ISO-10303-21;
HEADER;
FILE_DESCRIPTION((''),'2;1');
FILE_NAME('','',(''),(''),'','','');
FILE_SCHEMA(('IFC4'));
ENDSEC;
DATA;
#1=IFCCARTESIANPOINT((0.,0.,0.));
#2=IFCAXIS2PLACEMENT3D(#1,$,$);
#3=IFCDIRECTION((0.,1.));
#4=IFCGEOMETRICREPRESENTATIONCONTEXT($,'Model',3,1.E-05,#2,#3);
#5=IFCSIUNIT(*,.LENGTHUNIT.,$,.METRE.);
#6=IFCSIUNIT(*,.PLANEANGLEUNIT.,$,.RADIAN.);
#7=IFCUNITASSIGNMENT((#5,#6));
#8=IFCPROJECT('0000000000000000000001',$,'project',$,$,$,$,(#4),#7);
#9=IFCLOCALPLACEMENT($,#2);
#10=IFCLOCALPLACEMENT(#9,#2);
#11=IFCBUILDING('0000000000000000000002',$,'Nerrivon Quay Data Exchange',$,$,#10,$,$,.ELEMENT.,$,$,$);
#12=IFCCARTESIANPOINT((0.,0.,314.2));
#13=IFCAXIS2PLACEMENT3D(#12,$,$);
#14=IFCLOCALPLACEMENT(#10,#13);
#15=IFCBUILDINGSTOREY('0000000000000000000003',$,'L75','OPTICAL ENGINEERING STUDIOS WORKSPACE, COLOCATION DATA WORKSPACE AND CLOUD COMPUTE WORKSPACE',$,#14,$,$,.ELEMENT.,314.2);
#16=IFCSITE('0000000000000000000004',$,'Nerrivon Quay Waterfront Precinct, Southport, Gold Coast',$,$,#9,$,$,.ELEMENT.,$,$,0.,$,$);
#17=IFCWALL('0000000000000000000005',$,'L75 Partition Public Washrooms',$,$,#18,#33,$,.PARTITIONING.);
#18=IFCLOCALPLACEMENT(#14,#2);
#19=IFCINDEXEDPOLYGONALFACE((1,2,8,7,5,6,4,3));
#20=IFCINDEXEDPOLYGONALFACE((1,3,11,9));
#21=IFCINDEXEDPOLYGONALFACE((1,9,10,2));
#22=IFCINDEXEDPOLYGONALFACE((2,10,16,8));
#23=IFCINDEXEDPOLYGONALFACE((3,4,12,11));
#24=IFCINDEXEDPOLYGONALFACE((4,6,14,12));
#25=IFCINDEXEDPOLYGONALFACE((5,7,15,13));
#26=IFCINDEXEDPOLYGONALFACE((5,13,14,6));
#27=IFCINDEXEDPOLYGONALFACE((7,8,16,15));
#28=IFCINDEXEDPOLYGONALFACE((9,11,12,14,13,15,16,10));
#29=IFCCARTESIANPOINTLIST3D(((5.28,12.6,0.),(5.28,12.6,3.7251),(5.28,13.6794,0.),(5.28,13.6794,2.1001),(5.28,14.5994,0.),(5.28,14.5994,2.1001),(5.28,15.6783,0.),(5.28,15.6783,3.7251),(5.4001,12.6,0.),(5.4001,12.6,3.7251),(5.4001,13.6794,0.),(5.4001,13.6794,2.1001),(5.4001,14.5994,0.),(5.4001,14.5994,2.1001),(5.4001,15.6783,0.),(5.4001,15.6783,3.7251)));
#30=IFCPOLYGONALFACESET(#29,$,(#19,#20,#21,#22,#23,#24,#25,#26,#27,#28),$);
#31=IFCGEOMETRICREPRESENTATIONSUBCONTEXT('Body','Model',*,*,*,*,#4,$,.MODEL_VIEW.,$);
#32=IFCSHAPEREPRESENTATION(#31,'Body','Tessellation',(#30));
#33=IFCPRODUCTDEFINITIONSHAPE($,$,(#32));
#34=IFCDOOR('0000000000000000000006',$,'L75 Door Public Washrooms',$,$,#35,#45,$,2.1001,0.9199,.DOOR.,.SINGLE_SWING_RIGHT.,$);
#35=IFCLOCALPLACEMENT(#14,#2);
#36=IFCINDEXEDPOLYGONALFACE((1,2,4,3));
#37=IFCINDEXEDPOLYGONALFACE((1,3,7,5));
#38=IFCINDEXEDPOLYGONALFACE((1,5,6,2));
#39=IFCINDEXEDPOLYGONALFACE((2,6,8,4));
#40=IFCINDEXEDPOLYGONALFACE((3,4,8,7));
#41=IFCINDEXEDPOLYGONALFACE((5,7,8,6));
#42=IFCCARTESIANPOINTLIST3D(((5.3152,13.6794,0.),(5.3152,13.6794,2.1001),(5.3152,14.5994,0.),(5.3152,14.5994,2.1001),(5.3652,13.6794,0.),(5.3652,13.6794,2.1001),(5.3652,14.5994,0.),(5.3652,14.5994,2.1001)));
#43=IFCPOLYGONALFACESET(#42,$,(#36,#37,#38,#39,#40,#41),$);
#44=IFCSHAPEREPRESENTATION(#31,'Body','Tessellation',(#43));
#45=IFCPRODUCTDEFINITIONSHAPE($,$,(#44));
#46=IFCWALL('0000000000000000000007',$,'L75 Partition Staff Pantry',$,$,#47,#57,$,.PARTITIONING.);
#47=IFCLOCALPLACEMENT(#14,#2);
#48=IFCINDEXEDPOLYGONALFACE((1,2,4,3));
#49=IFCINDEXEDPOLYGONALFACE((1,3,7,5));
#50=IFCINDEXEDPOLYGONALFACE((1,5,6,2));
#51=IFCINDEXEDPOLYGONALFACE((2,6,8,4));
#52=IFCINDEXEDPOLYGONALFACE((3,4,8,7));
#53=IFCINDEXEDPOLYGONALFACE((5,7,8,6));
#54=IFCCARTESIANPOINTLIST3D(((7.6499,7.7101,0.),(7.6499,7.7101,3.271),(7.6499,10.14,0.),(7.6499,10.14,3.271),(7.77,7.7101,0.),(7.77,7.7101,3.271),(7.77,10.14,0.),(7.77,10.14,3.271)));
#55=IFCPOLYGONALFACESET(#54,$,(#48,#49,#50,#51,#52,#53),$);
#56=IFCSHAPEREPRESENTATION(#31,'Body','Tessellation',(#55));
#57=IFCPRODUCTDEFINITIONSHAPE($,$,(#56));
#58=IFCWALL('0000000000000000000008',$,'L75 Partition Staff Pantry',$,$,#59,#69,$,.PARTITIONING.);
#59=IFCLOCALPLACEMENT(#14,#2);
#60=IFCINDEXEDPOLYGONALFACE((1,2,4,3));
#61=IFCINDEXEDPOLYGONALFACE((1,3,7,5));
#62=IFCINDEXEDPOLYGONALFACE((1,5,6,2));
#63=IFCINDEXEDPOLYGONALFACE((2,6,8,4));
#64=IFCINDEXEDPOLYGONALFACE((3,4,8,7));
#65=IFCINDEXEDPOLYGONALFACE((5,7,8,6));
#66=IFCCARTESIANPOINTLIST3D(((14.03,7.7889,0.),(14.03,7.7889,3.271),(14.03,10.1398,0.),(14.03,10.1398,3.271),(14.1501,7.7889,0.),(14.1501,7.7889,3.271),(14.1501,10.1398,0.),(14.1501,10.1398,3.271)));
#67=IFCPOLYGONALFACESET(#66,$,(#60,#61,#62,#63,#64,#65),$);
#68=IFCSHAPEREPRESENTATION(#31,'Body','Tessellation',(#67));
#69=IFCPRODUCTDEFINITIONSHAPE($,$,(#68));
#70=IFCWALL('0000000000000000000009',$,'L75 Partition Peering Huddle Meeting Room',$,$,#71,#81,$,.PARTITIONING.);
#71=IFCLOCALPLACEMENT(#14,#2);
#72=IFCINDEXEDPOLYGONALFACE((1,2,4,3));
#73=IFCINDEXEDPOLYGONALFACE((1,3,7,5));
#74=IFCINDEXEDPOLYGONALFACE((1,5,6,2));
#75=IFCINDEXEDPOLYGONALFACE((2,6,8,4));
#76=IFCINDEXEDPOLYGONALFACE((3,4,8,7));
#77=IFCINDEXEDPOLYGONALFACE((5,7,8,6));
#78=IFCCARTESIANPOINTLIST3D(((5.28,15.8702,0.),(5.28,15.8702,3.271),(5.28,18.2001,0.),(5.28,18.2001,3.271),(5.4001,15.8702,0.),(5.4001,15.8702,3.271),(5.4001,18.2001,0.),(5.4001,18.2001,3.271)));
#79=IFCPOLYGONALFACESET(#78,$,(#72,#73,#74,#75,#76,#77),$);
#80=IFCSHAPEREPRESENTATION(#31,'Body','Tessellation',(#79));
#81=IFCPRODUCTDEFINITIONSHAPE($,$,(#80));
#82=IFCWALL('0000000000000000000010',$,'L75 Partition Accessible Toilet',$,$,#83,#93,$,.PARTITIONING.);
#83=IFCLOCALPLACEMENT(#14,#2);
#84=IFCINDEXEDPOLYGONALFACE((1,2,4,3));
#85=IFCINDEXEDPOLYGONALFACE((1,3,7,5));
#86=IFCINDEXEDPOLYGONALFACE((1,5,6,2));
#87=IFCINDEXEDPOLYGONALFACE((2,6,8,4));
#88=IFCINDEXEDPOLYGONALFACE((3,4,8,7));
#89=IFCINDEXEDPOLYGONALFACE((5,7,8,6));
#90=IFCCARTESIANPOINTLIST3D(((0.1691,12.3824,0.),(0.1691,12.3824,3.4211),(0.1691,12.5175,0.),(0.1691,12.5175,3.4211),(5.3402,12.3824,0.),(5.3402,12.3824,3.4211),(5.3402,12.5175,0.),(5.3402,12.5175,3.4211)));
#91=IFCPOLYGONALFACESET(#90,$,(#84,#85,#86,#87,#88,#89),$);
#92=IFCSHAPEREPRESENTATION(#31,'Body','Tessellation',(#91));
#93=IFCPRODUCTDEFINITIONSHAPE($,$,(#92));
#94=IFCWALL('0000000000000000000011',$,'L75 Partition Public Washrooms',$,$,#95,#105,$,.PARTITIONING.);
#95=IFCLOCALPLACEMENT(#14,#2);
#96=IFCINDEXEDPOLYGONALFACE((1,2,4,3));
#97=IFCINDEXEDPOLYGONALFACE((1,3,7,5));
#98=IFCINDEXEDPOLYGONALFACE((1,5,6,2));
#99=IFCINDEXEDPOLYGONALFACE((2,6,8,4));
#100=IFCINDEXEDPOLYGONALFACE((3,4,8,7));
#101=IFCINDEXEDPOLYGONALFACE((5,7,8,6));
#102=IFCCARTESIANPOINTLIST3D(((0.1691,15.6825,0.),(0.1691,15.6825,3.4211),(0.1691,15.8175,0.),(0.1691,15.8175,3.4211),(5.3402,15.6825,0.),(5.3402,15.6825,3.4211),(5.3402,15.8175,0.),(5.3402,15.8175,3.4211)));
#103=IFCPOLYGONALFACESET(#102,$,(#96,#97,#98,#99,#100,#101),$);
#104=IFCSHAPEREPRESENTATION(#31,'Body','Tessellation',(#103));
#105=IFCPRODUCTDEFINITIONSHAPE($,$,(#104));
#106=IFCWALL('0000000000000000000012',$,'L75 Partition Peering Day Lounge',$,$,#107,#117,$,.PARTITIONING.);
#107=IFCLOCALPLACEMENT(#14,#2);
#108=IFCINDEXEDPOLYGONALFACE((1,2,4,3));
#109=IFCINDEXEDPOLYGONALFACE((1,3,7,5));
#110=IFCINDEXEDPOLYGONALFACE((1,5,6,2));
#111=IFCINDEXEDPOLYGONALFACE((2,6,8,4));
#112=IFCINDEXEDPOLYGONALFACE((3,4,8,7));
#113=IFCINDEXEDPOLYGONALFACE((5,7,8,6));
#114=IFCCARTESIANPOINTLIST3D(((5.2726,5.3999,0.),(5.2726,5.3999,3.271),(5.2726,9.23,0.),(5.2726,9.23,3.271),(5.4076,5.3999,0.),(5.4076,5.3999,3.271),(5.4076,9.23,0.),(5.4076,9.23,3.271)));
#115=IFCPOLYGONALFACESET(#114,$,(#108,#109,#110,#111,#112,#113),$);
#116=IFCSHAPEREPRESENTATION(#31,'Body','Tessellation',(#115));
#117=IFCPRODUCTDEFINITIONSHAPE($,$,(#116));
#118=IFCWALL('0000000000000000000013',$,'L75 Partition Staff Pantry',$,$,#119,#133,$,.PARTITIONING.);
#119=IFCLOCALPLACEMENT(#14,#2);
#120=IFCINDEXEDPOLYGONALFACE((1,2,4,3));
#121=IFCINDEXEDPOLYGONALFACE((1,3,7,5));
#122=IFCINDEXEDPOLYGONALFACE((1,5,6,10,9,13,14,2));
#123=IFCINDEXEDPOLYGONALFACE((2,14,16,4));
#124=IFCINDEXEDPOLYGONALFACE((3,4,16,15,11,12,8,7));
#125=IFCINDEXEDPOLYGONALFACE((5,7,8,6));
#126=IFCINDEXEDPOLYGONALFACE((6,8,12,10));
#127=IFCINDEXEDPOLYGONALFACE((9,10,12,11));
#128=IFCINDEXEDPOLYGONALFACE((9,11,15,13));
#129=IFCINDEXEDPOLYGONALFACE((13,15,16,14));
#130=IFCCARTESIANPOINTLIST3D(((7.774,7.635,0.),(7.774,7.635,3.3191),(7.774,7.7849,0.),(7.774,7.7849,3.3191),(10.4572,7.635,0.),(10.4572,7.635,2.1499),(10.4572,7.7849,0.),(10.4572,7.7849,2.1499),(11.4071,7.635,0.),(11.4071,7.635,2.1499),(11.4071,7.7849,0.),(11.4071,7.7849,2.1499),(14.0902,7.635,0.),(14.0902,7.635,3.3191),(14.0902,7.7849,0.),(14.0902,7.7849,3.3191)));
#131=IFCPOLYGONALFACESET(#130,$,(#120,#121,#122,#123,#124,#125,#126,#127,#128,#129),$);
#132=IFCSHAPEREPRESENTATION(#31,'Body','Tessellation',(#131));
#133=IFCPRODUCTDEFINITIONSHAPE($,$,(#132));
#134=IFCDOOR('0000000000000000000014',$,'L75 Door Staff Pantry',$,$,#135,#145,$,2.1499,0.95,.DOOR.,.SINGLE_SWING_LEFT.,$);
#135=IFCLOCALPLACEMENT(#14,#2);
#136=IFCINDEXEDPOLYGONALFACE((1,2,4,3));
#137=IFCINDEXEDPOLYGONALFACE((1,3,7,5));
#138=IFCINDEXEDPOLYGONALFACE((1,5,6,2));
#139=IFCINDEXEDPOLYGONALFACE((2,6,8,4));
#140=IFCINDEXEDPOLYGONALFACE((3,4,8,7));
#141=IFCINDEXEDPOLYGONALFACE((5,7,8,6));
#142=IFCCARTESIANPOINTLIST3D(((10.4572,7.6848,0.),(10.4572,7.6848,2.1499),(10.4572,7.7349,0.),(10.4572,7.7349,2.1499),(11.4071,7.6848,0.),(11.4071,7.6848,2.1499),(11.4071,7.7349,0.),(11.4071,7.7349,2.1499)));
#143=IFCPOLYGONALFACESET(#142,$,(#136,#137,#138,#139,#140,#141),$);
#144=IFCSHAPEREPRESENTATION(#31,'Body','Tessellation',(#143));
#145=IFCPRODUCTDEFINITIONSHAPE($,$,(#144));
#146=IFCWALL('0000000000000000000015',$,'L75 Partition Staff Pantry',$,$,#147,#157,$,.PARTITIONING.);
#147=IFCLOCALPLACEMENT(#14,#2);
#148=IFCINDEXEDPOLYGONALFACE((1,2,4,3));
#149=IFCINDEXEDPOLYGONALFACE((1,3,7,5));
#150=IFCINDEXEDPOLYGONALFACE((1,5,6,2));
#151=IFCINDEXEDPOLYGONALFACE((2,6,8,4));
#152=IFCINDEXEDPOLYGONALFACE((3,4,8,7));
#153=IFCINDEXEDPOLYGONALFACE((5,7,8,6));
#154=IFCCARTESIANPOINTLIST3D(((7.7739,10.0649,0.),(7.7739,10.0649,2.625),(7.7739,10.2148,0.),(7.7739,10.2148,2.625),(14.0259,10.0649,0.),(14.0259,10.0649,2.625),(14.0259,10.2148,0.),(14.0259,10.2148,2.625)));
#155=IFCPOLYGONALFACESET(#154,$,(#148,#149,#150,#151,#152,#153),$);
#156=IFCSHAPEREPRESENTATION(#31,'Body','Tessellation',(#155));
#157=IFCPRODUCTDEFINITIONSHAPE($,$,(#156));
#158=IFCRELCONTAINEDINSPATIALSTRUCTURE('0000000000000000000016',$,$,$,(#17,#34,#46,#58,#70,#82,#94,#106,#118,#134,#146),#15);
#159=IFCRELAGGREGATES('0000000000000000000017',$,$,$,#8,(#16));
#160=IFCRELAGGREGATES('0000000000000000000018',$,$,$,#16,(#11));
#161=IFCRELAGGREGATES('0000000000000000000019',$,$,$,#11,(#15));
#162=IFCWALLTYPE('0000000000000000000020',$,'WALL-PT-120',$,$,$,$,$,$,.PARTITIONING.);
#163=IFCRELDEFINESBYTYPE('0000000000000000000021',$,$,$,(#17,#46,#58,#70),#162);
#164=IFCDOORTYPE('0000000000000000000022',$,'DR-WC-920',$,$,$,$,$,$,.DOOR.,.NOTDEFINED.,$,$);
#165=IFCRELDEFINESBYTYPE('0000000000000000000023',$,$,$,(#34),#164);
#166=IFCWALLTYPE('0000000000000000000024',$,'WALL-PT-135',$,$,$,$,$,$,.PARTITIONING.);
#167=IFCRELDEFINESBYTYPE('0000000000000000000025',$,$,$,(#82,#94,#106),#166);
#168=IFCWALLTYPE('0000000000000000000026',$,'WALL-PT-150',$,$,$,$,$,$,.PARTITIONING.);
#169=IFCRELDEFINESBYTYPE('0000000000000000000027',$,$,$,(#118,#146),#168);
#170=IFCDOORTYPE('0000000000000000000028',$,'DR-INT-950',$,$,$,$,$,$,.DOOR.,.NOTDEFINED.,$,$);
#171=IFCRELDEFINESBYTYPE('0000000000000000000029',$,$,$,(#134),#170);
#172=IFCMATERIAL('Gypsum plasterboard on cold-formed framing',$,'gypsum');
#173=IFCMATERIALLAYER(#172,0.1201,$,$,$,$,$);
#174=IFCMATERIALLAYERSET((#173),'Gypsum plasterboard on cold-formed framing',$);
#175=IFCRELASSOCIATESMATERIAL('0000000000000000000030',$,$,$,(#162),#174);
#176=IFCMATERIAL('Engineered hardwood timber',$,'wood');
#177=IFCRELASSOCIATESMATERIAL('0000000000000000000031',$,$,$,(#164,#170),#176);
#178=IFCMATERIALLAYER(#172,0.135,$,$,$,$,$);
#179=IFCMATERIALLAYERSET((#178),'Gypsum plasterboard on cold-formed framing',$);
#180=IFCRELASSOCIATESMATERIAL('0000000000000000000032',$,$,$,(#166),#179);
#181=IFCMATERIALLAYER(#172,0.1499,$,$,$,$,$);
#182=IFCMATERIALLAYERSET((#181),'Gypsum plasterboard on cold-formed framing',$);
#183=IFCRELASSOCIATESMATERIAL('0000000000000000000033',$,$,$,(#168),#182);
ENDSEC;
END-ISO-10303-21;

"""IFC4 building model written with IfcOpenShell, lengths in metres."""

from ifc_helpers import new_model, si_unit, direction, frame, frame_2d, origin, place, context, subcontext, project, spatial, rectangle, extrude, material, layer, layer_set, type_object, element, fill, save


model = new_model("IFC4")

# Units and contexts
model_context = context("Model", 3, precision=1e-05, world=origin(), true_north=direction((0.0, 1.0)))
body_context = subcontext(model_context, "Body", "Model", "MODEL_VIEW")
ifc_project = project(units=[si_unit("LENGTHUNIT", "METRE"), si_unit("PLANEANGLEUNIT", "RADIAN")], contexts=[model_context])

# Site, building, storey
site_placement = place(None, origin())
site = spatial("IfcSite", under=ifc_project, at=site_placement, Name="Nerrivon Quay Waterfront Precinct, Southport, Gold Coast", CompositionType="ELEMENT", RefElevation=0.0)
building_placement = place(site_placement, origin())
building = spatial("IfcBuilding", under=site, at=building_placement, Name="Nerrivon Quay Data Exchange", CompositionType="ELEMENT")
storey_placement = place(building_placement, frame((0.0, 0.0, 314.2)))
storey = spatial("IfcBuildingStorey", under=building, at=storey_placement, Name="L75", Description="OPTICAL ENGINEERING STUDIOS WORKSPACE, COLOCATION DATA WORKSPACE AND CLOUD COMPUTE WORKSPACE", CompositionType="ELEMENT", Elevation=314.2)

# Wall, opening, door
ifc_material_1 = material(Name="Gypsum plasterboard on cold-formed framing", Category="gypsum")
ifc_layer_1 = layer(ifc_material_1, 0.1201)
ifc_layer_set_1 = layer_set([ifc_layer_1], Name="Gypsum plasterboard on cold-formed framing")
wall_type_1 = type_object("IfcWallType", Name="WALL-PT-120", PredefinedType="PARTITIONING", material=ifc_layer_set_1)
ifc_material_2 = material(Name="Engineered hardwood timber", Category="wood")
door_type_1 = type_object("IfcDoorType", Name="DR-WC-920", OperationType="NOTDEFINED", PredefinedType="DOOR", material=ifc_material_2)
wall_1_placement = place(storey_placement, frame((5.3401, 12.6001, 0.0), z_axis=(0.0, 0.0, 1.0), x_axis=(0.0, 1.0, 0.0)))
wall_1 = element("IfcWall", 1, at=wall_1_placement, inside=storey, type_object=wall_type_1, Name="L75 Partition Public Washrooms", PredefinedType="PARTITIONING", context=body_context, shape_type="SweptSolid", body=[
    extrude(rectangle(XDim=3.0784, YDim=0.1201, at=frame_2d((1.5391, 0.0))), origin(), (0.0, 0.0, 1.0), 3.7251),
])
opening_1_placement = place(wall_1_placement, frame((1.0793, 0.0, 0.0)))
opening_1 = element("IfcOpeningElement", 2, at=opening_1_placement, cuts=wall_1, PredefinedType="OPENING", context=body_context, shape_type="SweptSolid", body=[
    extrude(rectangle(XDim=0.9199, YDim=2.1001, at=frame_2d((0.46, 1.05))), frame((0.0, 0.0701, 0.0), z_axis=(0.0, -1.0, 0.0), x_axis=(1.0, 0.0, 0.0)), (0.0, 0.0, 1.0), 0.1401),
])
door_1_placement = place(opening_1_placement, origin())
door_1 = element("IfcDoor", 3, at=door_1_placement, inside=storey, type_object=door_type_1, Name="L75 Door Public Washrooms", OperationType="SINGLE_SWING_RIGHT", OverallHeight=2.1001, OverallWidth=0.9199, PredefinedType="DOOR", context=body_context, shape_type="SweptSolid", body=[
    extrude(rectangle(XDim=0.9199, YDim=2.1001, at=frame_2d((0.46, 1.05))), frame((0.0, 0.0249, 0.0), z_axis=(0.0, -1.0, 0.0), x_axis=(1.0, 0.0, 0.0)), (0.0, 0.0, 1.0), 0.05),
])
fill(opening_1, door_1)

# Walls
wall_2_placement = place(storey_placement, frame((7.71, 10.1399, 0.0), z_axis=(0.0, 0.0, 1.0), x_axis=(0.0, -1.0, 0.0)))
element("IfcWall", 4, at=wall_2_placement, inside=storey, type_object=wall_type_1, Name="L75 Partition Staff Pantry", PredefinedType="PARTITIONING", context=body_context, shape_type="SweptSolid", body=[
    extrude(rectangle(XDim=2.4299, YDim=0.1201, at=frame_2d((1.2148, 0.0))), origin(), (0.0, 0.0, 1.0), 3.271),
])
wall_3_placement = place(storey_placement, frame((14.0901, 7.7891, 0.0), z_axis=(0.0, 0.0, 1.0), x_axis=(0.0, 1.0, 0.0)))
element("IfcWall", 5, at=wall_3_placement, inside=storey, type_object=wall_type_1, Name="L75 Partition Staff Pantry", PredefinedType="PARTITIONING", context=body_context, shape_type="SweptSolid", body=[
    extrude(rectangle(XDim=2.3508, YDim=0.1201, at=frame_2d((1.1753, 0.0))), origin(), (0.0, 0.0, 1.0), 3.271),
])
wall_4_placement = place(storey_placement, frame((5.3401, 15.8701, 0.0), z_axis=(0.0, 0.0, 1.0), x_axis=(0.0, 1.0, 0.0)))
element("IfcWall", 6, at=wall_4_placement, inside=storey, type_object=wall_type_1, Name="L75 Partition Peering Huddle Meeting Room", PredefinedType="PARTITIONING", context=body_context, shape_type="SweptSolid", body=[
    extrude(rectangle(XDim=2.3298, YDim=0.1201, at=frame_2d((1.165, 0.0))), origin(), (0.0, 0.0, 1.0), 3.271),
])
ifc_layer_2 = layer(ifc_material_1, 0.135)
ifc_layer_set_2 = layer_set([ifc_layer_2], Name="Gypsum plasterboard on cold-formed framing")
wall_type_2 = type_object("IfcWallType", Name="WALL-PT-135", PredefinedType="PARTITIONING", material=ifc_layer_set_2)
for number, where, z_axis, x_axis, name in (
    (7, (5.3401, 12.45, 0.0), (0.0, 0.0, 1.0), (-1.0, 0.0, 0.0), "L75 Partition Accessible Toilet"),
    (8, (5.3401, 15.75, 0.0), (0.0, 0.0, 1.0), (-1.0, 0.0, 0.0), "L75 Partition Public Washrooms"),
):
    element("IfcWall", number, at=place(storey_placement, frame(where, z_axis=z_axis, x_axis=x_axis)), inside=storey, type_object=wall_type_2, Name=name, PredefinedType="PARTITIONING", context=body_context, shape_type="SweptSolid", body=[
        extrude(rectangle(XDim=5.1711, YDim=0.135, at=frame_2d((2.5854, 0.0))), origin(), (0.0, 0.0, 1.0), 3.4211),
    ])
wall_5_placement = place(storey_placement, frame((5.3401, 5.3999, 0.0), z_axis=(0.0, 0.0, 1.0), x_axis=(0.0, 1.0, 0.0)))
element("IfcWall", 9, at=wall_5_placement, inside=storey, type_object=wall_type_2, Name="L75 Partition Peering Day Lounge", PredefinedType="PARTITIONING", context=body_context, shape_type="SweptSolid", body=[
    extrude(rectangle(XDim=3.8301, YDim=0.135, at=frame_2d((1.915, 0.0))), origin(), (0.0, 0.0, 1.0), 3.271),
])

# Wall, opening, door
ifc_layer_3 = layer(ifc_material_1, 0.1499)
ifc_layer_set_3 = layer_set([ifc_layer_3], Name="Gypsum plasterboard on cold-formed framing")
wall_type_3 = type_object("IfcWallType", Name="WALL-PT-150", PredefinedType="PARTITIONING", material=ifc_layer_set_3)
wall_6_placement = place(storey_placement, frame((7.7739, 7.71, 0.0), z_axis=(0.0, 0.0, 1.0), x_axis=(1.0, 0.0, 0.0)))
wall_6 = element("IfcWall", 10, at=wall_6_placement, inside=storey, type_object=wall_type_3, Name="L75 Partition Staff Pantry", PredefinedType="PARTITIONING", context=body_context, shape_type="SweptSolid", body=[
    extrude(rectangle(XDim=6.3162, YDim=0.1499, at=frame_2d((3.1582, 0.0))), origin(), (0.0, 0.0, 1.0), 3.3191),
])
opening_2_placement = place(wall_6_placement, frame((2.6831, 0.0, 0.0)))
opening_2 = element("IfcOpeningElement", 11, at=opening_2_placement, cuts=wall_6, PredefinedType="OPENING", context=body_context, shape_type="SweptSolid", body=[
    extrude(rectangle(XDim=0.95, YDim=2.1499, at=frame_2d((0.4751, 1.075))), frame((0.0, 0.085, 0.0), z_axis=(0.0, -1.0, 0.0), x_axis=(1.0, 0.0, 0.0)), (0.0, 0.0, 1.0), 0.1699),
])
door_type_2 = type_object("IfcDoorType", Name="DR-INT-950", OperationType="NOTDEFINED", PredefinedType="DOOR", material=ifc_material_2)
door_2_placement = place(opening_2_placement, origin())
door_2 = element("IfcDoor", 12, at=door_2_placement, inside=storey, type_object=door_type_2, Name="L75 Door Staff Pantry", OperationType="SINGLE_SWING_LEFT", OverallHeight=2.1499, OverallWidth=0.95, PredefinedType="DOOR", context=body_context, shape_type="SweptSolid", body=[
    extrude(rectangle(XDim=0.95, YDim=2.1499, at=frame_2d((0.4751, 1.075))), frame((0.0, 0.0249, 0.0), z_axis=(0.0, -1.0, 0.0), x_axis=(1.0, 0.0, 0.0)), (0.0, 0.0, 1.0), 0.05),
])
fill(opening_2, door_2)

# Wall
wall_7_placement = place(storey_placement, frame((14.0259, 10.1399, 0.0), z_axis=(0.0, 0.0, 1.0), x_axis=(-1.0, 0.0, 0.0)))
element("IfcWall", 13, at=wall_7_placement, inside=storey, type_object=wall_type_3, Name="L75 Partition Staff Pantry", PredefinedType="PARTITIONING", context=body_context, shape_type="SweptSolid", body=[
    extrude(rectangle(XDim=6.252, YDim=0.1499, at=frame_2d((3.126, 0.0))), origin(), (0.0, 0.0, 1.0), 2.625),
])

save(model, "model.ifc")
